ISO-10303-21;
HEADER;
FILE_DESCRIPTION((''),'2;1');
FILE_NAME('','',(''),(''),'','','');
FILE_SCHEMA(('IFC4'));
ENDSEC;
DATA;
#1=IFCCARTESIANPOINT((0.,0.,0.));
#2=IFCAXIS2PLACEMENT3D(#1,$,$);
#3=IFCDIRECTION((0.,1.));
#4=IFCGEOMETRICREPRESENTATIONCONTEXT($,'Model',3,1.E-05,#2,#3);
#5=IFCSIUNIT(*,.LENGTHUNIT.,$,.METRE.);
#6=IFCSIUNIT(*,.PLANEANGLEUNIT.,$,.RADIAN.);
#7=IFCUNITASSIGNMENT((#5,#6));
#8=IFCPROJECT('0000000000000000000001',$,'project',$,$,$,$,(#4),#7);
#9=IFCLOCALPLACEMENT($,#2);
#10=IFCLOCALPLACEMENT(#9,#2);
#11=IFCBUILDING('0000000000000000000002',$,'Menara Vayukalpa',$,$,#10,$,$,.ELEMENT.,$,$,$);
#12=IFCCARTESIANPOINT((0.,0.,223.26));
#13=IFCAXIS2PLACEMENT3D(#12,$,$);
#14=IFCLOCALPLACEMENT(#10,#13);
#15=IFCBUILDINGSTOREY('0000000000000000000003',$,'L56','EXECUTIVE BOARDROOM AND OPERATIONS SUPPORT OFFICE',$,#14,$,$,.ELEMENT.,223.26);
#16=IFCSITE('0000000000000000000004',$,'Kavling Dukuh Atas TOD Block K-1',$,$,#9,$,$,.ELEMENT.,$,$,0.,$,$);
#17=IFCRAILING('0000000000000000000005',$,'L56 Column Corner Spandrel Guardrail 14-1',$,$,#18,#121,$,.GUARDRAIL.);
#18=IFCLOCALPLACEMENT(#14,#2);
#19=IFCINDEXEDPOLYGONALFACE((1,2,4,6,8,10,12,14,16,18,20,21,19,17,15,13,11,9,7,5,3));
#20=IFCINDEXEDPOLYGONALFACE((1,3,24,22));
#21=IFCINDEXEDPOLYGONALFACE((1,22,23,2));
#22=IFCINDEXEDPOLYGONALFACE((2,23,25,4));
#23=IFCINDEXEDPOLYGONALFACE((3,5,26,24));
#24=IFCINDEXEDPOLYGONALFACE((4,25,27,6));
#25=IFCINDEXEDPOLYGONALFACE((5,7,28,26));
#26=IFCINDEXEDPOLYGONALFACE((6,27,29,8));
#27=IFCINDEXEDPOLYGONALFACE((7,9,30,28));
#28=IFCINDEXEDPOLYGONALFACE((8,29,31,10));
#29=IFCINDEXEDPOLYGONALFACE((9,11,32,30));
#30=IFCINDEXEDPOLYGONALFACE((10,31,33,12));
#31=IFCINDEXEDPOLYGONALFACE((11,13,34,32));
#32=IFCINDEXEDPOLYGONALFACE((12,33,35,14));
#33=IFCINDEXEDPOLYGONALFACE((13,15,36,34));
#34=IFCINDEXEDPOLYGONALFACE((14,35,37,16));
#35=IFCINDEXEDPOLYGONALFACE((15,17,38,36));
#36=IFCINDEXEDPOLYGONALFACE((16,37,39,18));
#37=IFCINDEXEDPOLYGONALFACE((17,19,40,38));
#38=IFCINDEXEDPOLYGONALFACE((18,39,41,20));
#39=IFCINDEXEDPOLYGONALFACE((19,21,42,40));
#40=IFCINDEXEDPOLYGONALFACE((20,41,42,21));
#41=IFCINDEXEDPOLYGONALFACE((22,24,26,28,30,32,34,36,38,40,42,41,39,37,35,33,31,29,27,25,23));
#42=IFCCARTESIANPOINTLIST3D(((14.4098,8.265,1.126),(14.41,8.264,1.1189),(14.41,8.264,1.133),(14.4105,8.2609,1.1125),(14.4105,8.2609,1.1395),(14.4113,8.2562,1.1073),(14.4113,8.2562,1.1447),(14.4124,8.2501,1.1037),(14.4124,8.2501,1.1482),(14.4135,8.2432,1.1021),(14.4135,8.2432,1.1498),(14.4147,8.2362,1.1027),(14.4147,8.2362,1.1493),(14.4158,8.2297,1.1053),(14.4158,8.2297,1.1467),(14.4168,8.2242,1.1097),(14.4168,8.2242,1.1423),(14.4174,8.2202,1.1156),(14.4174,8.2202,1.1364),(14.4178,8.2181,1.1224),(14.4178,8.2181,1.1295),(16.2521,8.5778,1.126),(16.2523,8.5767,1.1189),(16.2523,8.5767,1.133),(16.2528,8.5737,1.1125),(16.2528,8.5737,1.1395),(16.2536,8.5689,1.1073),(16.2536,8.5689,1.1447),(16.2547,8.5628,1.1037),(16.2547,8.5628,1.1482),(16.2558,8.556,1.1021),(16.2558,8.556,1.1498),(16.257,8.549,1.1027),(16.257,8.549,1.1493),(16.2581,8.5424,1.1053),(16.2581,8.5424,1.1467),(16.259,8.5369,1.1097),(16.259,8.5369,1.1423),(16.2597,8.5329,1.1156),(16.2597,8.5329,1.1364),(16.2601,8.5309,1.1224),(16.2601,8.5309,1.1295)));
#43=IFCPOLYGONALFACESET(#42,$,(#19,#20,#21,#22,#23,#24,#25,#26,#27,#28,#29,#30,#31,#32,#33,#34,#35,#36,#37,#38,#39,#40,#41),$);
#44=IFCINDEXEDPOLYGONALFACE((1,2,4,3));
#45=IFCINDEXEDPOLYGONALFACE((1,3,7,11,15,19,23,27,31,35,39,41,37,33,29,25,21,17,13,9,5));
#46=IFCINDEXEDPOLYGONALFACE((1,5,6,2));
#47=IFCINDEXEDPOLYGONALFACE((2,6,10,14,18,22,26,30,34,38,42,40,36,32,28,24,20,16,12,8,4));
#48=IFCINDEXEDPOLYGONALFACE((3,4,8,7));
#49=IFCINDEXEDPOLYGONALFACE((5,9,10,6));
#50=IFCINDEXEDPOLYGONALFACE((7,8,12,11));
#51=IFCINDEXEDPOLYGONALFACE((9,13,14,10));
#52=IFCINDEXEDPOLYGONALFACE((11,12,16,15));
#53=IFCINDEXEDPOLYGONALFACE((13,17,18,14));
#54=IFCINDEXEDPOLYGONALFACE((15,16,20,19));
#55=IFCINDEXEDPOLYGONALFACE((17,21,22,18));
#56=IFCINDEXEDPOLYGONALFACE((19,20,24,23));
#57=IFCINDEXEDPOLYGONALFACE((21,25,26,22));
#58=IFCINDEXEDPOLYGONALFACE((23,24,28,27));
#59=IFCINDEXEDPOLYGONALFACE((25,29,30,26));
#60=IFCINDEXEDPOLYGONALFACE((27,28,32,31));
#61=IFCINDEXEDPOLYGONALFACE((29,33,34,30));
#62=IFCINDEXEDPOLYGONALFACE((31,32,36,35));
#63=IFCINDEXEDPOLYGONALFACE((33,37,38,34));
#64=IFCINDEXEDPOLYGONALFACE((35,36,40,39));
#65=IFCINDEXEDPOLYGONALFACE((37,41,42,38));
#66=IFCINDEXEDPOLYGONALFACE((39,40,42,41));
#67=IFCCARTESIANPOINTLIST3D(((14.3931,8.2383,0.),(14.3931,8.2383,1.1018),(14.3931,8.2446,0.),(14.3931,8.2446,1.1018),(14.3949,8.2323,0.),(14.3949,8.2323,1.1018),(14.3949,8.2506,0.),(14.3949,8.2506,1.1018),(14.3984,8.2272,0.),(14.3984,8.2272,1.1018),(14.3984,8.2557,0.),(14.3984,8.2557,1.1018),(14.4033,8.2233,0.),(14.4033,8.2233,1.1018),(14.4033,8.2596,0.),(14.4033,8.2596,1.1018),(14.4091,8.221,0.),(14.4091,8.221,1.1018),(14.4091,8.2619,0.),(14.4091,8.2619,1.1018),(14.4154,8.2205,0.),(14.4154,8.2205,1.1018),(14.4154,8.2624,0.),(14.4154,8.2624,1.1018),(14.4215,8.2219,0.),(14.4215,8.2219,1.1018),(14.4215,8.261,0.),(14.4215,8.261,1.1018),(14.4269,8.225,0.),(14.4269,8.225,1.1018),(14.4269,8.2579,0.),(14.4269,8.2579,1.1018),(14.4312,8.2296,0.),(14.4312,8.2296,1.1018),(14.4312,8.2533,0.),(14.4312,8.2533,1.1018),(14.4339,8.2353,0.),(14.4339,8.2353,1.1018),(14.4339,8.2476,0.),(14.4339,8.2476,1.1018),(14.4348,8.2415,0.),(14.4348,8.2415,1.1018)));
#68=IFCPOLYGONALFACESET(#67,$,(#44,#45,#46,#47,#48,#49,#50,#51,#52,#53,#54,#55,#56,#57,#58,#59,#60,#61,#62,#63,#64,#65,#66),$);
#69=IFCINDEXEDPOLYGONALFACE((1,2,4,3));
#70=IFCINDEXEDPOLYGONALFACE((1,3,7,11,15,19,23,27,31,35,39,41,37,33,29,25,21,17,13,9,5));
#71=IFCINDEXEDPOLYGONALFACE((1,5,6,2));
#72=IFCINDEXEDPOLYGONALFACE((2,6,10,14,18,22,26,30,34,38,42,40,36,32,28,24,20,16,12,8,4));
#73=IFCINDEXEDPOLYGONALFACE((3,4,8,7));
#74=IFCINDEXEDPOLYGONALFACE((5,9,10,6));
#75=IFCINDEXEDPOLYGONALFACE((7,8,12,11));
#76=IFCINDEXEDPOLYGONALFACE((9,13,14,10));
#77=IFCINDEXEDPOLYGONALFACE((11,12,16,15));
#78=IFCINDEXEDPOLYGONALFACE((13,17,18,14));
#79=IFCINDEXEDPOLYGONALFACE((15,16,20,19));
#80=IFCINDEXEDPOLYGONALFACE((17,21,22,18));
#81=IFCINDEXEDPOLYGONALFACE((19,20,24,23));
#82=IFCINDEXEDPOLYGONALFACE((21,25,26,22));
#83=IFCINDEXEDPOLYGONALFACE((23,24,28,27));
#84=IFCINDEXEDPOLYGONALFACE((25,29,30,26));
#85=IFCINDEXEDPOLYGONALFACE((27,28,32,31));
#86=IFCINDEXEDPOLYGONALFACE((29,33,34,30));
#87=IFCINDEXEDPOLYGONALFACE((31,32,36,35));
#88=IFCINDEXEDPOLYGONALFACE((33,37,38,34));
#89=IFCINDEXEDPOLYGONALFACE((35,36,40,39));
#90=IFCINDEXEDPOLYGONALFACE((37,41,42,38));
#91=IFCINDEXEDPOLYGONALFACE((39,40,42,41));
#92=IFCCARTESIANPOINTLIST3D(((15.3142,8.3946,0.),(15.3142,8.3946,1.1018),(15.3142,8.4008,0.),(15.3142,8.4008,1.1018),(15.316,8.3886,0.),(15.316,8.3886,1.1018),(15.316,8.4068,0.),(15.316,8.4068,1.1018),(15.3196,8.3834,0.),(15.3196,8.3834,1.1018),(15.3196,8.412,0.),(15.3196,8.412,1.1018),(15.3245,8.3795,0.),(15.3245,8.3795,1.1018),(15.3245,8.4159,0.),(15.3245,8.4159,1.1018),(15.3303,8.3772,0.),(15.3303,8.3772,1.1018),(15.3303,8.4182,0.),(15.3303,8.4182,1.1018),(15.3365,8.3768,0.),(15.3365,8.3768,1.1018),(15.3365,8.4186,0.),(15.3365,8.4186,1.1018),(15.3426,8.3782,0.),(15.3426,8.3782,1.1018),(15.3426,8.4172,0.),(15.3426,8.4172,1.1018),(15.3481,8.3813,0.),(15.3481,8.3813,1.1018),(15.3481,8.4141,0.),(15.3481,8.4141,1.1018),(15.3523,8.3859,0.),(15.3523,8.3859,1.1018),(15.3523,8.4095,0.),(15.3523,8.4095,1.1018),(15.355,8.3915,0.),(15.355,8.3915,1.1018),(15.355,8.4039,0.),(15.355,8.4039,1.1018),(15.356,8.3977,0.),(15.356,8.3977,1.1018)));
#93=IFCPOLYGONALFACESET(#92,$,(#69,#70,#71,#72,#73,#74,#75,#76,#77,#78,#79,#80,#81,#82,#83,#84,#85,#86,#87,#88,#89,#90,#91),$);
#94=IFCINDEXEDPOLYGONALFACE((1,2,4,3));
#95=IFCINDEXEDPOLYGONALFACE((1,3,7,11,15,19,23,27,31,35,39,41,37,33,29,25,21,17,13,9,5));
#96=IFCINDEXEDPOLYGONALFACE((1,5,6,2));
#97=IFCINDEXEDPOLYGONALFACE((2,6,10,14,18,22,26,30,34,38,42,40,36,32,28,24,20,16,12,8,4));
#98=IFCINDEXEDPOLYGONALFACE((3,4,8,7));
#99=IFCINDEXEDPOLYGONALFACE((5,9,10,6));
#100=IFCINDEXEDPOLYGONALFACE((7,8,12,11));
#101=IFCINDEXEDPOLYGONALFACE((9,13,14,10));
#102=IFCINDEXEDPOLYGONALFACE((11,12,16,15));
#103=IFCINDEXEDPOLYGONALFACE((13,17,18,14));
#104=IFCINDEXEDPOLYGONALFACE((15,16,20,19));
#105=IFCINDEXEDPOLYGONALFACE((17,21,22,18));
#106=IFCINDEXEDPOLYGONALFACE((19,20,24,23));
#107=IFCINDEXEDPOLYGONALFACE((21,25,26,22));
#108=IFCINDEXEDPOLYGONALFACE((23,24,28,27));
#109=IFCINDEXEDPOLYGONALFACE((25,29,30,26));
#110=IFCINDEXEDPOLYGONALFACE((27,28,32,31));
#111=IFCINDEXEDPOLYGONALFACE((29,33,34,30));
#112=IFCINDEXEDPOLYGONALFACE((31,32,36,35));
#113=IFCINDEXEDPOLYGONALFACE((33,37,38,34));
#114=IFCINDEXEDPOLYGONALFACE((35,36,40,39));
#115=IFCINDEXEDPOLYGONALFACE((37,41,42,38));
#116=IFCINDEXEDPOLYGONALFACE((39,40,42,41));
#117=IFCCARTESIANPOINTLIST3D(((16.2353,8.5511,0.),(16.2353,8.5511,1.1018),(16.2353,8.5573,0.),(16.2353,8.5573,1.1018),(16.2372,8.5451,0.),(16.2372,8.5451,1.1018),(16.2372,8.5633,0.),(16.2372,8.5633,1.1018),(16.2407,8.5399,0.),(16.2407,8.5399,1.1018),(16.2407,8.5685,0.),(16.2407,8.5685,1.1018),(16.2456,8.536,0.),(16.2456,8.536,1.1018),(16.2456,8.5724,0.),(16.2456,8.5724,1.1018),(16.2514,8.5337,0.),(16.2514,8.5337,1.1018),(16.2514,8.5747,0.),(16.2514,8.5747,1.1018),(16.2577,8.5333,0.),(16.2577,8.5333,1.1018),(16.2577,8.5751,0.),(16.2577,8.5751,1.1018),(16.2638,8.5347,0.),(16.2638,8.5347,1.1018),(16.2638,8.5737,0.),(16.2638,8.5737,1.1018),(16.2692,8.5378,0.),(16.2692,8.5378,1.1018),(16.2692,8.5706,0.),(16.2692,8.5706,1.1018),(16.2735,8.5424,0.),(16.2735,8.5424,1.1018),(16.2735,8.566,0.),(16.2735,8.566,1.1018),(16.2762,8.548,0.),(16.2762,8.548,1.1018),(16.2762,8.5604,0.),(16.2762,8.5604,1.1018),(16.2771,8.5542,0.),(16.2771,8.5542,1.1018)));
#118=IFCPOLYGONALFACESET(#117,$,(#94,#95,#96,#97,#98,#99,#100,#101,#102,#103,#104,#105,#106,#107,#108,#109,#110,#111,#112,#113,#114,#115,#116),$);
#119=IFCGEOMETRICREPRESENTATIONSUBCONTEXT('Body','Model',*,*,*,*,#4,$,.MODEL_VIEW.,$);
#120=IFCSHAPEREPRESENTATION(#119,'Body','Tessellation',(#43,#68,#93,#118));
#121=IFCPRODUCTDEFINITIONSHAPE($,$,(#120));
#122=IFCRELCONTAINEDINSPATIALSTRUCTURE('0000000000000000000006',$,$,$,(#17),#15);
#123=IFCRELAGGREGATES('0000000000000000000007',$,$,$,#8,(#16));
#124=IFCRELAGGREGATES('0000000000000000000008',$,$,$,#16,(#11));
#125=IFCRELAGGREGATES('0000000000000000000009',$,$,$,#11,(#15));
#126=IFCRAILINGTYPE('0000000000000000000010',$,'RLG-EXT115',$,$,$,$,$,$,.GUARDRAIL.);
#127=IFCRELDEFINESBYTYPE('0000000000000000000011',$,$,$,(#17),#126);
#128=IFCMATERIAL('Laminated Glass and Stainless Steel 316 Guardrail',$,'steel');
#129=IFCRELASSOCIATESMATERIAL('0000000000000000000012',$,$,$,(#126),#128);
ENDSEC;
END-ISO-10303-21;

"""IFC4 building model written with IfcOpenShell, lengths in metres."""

from ifc_helpers import new_model, si_unit, direction, frame, origin, origin_2d, place, context, subcontext, project, spatial, circle, extrude, material, type_object, element, save


model = new_model("IFC4")

# Units and contexts
model_context = context("Model", 3, precision=1e-05, world=origin(), true_north=direction((0.0, 1.0)))
body_context = subcontext(model_context, "Body", "Model", "MODEL_VIEW")
ifc_project = project(units=[si_unit("LENGTHUNIT", "METRE"), si_unit("PLANEANGLEUNIT", "RADIAN")], contexts=[model_context])

# Site, building, storey
site_placement = place(None, origin())
site = spatial("IfcSite", under=ifc_project, at=site_placement, Name="Kavling Dukuh Atas TOD Block K-1", CompositionType="ELEMENT", RefElevation=0.0)
building_placement = place(site_placement, origin())
building = spatial("IfcBuilding", under=site, at=building_placement, Name="Menara Vayukalpa", CompositionType="ELEMENT")
storey_placement = place(building_placement, frame((0.0, 0.0, 223.26)))
storey = spatial("IfcBuildingStorey", under=building, at=storey_placement, Name="L56", Description="EXECUTIVE BOARDROOM AND OPERATIONS SUPPORT OFFICE", CompositionType="ELEMENT", Elevation=223.26)

# Railing
ifc_material_1 = material(Name="Laminated Glass and Stainless Steel 316 Guardrail", Category="steel")
railing_type = type_object("IfcRailingType", Name="RLG-EXT115", PredefinedType="GUARDRAIL", material=ifc_material_1)
railing_placement = place(storey_placement, frame((14.4138, 8.2415, 0.0)))
element("IfcRailing", 1, at=railing_placement, inside=storey, type_object=railing_type, Name="L56 Column Corner Spandrel Guardrail 14-1", PredefinedType="GUARDRAIL", context=body_context, shape_type="SweptSolid", body=[
    extrude(circle(Radius=0.0239, at=origin_2d()), frame((0.0, 0.0, 1.126), z_axis=(0.985895, 0.167364, 0.0), x_axis=(-0.167364, 0.985895, 0.0)), (0.0, 0.0, 1.0), 1.8687),
    extrude(circle(Radius=0.021, at=origin_2d()), origin(), (0.0, 0.0, 1.0), 1.1018),
    extrude(circle(Radius=0.021, at=origin_2d()), frame((0.9211, 0.1562, 0.0)), (0.0, 0.0, 1.0), 1.1018),
    extrude(circle(Radius=0.021, at=origin_2d()), frame((1.8423, 0.3127, 0.0)), (0.0, 0.0, 1.0), 1.1018),
])

save(model, "model.ifc")
